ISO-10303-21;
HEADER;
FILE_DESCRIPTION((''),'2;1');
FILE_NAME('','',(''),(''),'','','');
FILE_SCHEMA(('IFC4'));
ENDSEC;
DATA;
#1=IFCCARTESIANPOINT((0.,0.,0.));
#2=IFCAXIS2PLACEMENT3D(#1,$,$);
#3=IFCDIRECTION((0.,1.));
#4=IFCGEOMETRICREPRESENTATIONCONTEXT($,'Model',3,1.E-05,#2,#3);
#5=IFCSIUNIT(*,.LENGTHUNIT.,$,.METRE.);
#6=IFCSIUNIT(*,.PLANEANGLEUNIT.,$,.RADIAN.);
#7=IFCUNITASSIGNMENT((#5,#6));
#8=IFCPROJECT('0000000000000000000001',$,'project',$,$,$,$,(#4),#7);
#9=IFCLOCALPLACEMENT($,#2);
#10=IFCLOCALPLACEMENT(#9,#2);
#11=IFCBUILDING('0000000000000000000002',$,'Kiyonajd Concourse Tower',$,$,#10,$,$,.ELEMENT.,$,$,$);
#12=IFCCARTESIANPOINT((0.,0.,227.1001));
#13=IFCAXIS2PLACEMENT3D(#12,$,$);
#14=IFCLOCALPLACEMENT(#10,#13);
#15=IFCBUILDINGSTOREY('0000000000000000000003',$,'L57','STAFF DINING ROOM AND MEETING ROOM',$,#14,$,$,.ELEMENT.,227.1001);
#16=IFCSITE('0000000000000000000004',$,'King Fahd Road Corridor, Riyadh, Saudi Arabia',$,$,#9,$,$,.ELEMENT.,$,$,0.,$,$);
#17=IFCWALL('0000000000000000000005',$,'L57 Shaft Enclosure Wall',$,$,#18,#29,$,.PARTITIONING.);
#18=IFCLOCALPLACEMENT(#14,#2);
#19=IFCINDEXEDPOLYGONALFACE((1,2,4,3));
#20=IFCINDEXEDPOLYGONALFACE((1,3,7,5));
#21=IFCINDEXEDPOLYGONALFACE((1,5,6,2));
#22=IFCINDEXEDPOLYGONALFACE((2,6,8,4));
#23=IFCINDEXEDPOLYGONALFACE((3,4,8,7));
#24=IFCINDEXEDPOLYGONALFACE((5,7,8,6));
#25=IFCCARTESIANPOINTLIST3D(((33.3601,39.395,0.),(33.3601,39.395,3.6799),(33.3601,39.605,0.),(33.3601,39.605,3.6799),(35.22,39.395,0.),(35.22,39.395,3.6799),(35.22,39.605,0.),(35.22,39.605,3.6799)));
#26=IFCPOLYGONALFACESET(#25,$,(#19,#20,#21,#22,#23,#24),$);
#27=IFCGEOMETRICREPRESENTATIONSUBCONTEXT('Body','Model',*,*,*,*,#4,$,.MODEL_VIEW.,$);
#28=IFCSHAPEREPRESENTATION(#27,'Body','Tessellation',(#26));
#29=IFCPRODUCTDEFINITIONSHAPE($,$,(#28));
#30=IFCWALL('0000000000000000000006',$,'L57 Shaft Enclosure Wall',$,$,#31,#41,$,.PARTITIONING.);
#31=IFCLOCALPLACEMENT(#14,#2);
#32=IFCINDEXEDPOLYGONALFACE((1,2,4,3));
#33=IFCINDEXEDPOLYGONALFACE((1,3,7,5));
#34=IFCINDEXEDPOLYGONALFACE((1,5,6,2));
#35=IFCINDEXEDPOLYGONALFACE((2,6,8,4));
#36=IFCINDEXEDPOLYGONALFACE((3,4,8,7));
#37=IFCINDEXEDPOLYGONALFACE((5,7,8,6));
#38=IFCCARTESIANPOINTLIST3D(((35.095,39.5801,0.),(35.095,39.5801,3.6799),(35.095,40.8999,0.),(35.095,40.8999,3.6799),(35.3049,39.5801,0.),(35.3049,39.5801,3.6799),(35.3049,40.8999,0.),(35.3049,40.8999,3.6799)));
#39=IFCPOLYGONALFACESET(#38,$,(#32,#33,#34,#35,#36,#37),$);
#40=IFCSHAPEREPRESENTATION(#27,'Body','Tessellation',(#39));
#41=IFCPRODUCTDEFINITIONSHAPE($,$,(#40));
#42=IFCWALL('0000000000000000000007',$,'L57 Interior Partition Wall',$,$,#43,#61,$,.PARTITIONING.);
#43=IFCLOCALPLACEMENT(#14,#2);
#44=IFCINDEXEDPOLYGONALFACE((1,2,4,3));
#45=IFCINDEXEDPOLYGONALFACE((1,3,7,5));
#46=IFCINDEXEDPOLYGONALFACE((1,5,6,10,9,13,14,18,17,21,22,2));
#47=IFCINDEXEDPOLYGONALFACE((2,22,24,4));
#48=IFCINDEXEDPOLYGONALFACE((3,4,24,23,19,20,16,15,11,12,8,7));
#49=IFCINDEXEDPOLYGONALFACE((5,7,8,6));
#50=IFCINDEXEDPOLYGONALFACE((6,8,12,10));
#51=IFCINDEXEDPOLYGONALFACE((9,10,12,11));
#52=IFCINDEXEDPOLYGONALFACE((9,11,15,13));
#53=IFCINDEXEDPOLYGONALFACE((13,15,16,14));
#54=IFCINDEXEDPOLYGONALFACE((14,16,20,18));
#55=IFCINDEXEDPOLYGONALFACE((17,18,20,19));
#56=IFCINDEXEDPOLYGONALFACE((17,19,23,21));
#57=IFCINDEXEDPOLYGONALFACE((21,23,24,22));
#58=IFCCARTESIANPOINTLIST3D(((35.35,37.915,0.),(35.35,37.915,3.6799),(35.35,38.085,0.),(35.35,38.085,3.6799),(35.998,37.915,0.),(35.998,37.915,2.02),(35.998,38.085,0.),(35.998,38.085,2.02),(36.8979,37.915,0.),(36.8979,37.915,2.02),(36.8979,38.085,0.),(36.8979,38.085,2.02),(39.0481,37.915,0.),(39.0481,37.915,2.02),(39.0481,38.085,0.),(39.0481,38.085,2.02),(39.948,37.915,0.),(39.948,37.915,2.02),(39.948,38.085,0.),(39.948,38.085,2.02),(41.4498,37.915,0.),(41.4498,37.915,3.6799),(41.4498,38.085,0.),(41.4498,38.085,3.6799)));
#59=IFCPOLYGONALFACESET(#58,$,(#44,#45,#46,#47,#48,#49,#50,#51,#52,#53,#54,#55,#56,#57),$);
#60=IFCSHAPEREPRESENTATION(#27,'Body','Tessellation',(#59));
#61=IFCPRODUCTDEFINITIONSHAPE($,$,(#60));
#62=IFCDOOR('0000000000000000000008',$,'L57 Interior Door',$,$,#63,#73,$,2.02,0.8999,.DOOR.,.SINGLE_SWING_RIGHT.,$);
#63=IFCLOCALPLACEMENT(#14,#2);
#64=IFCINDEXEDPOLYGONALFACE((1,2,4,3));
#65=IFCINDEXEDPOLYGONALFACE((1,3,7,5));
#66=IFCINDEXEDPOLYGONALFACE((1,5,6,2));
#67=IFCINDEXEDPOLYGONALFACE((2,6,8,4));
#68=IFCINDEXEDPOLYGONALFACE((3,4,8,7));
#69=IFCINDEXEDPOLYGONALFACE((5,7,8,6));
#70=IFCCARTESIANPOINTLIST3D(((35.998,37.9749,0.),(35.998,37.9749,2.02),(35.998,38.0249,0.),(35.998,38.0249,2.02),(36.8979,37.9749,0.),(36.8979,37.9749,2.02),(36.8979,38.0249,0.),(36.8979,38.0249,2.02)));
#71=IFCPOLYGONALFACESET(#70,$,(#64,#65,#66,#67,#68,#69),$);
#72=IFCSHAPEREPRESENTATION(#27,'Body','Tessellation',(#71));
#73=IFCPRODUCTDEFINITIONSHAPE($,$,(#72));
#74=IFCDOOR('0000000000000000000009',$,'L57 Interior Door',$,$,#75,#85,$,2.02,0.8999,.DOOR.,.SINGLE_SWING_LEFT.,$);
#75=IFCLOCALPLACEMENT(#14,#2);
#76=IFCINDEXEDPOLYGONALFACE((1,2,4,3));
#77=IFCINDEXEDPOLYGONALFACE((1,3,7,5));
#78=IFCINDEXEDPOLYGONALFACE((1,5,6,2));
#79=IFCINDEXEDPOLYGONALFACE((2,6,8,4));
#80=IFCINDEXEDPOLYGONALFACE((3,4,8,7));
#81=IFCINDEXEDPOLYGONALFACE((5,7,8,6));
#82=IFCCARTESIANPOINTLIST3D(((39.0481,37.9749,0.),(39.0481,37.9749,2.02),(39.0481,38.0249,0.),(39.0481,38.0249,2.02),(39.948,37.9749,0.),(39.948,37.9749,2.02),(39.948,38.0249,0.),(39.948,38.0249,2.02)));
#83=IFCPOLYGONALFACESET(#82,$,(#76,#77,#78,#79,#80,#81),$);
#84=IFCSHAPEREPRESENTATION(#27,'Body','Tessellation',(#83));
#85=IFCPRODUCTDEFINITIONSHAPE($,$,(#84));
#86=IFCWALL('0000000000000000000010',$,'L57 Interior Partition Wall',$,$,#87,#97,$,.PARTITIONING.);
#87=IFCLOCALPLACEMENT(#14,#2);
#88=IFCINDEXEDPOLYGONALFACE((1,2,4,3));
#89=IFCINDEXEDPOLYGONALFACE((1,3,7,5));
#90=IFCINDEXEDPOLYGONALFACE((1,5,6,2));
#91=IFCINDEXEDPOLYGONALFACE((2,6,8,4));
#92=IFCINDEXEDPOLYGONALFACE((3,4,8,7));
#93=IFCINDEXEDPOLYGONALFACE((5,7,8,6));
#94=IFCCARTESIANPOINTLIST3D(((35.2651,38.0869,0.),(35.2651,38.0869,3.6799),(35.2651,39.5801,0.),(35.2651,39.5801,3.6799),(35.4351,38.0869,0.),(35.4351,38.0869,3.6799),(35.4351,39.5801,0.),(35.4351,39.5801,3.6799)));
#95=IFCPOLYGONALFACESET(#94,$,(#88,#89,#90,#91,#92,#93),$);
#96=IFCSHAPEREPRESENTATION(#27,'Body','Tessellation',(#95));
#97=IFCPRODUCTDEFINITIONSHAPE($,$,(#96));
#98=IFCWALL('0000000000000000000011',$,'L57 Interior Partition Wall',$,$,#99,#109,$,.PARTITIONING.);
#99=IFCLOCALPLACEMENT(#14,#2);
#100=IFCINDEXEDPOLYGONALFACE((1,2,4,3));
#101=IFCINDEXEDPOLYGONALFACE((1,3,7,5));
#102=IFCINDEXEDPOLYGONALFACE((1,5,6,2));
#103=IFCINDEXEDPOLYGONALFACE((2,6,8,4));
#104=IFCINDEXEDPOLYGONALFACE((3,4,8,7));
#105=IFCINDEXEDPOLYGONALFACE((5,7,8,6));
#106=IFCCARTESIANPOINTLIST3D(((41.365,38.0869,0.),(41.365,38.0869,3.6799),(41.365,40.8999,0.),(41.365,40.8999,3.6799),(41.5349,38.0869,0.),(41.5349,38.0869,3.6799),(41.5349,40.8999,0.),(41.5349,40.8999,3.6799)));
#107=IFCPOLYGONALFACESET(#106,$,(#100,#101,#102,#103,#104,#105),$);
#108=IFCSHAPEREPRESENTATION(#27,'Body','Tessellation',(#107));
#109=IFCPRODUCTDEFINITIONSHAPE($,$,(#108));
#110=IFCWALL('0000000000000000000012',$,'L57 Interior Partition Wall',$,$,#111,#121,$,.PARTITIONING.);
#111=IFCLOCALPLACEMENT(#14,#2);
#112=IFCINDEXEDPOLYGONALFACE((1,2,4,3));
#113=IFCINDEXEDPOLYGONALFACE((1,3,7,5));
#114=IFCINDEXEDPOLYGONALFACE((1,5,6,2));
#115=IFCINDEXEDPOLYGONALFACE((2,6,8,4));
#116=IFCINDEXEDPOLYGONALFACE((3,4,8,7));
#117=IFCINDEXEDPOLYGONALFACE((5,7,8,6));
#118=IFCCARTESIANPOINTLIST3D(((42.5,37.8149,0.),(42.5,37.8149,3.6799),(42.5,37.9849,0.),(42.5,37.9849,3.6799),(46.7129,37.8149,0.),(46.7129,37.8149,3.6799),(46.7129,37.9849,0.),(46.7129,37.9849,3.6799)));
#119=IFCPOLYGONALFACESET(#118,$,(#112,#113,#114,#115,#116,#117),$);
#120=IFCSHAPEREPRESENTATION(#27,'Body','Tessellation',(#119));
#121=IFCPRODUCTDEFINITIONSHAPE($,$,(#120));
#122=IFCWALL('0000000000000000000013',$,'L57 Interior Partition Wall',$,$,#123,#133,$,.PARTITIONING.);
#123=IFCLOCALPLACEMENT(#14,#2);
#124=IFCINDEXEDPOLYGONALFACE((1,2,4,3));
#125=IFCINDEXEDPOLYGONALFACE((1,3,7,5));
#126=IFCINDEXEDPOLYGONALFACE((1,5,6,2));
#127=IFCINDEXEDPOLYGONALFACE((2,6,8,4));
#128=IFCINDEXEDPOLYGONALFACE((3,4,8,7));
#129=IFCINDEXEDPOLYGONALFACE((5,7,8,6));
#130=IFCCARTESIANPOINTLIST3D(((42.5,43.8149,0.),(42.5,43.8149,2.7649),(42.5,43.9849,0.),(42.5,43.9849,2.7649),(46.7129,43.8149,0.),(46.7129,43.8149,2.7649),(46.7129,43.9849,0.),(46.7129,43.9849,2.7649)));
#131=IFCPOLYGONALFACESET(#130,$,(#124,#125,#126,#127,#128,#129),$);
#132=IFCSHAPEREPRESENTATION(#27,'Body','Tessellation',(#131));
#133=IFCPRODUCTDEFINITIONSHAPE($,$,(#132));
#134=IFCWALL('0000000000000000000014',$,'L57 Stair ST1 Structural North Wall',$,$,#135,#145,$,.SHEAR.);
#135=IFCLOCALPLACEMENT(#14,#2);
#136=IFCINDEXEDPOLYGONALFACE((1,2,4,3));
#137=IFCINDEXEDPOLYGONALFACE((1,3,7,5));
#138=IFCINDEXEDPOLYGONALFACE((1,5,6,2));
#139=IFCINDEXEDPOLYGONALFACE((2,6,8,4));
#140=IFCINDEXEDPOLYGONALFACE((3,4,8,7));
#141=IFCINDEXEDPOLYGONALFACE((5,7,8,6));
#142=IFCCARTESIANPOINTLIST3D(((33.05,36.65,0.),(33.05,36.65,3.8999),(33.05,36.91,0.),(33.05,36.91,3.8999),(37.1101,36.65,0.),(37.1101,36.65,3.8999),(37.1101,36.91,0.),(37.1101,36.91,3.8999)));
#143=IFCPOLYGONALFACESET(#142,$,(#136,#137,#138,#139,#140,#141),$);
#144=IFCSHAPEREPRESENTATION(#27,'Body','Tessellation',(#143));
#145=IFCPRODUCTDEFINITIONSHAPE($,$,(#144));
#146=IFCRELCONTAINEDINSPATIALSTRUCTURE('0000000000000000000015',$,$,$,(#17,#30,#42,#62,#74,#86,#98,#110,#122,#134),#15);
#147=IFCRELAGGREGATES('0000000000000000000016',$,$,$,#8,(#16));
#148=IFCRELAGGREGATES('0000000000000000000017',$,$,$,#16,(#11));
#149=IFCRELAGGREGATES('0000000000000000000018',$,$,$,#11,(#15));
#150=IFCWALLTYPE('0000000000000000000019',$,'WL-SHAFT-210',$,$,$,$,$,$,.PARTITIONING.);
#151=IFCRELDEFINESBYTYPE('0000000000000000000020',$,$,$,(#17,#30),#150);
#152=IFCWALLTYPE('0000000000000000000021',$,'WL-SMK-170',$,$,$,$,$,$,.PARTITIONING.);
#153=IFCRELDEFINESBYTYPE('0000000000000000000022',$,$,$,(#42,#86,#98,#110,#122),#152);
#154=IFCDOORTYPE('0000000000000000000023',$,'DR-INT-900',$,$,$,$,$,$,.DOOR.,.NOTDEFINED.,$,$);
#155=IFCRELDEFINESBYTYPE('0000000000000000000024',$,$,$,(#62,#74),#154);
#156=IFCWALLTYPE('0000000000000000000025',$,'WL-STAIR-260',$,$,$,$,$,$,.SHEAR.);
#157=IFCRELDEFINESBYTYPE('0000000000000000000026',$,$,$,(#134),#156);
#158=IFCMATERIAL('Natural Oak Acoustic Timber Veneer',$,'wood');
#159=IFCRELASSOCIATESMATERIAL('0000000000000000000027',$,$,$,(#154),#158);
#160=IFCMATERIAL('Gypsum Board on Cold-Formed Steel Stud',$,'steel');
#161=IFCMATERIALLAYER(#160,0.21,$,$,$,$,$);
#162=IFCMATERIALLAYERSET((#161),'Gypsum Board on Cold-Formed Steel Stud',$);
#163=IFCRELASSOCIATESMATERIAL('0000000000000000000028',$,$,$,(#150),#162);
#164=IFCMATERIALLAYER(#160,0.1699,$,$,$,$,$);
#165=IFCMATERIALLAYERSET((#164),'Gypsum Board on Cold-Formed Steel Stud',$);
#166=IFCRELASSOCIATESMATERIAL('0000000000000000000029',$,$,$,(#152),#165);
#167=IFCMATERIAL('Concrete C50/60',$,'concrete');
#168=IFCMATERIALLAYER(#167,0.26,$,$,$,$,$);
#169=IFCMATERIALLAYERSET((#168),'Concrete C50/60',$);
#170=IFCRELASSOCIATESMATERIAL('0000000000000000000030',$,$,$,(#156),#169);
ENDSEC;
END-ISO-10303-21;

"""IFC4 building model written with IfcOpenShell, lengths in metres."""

from ifc_helpers import new_model, si_unit, direction, frame, frame_2d, origin, place, context, subcontext, project, spatial, rectangle, extrude, material, layer, layer_set, type_object, element, fill, save


model = new_model("IFC4")

# Units and contexts
model_context = context("Model", 3, precision=1e-05, world=origin(), true_north=direction((0.0, 1.0)))
body_context = subcontext(model_context, "Body", "Model", "MODEL_VIEW")
ifc_project = project(units=[si_unit("LENGTHUNIT", "METRE"), si_unit("PLANEANGLEUNIT", "RADIAN")], contexts=[model_context])

# Site, building, storey
site_placement = place(None, origin())
site = spatial("IfcSite", under=ifc_project, at=site_placement, Name="King Fahd Road Corridor, Riyadh, Saudi Arabia", CompositionType="ELEMENT", RefElevation=0.0)
building_placement = place(site_placement, origin())
building = spatial("IfcBuilding", under=site, at=building_placement, Name="Kiyonajd Concourse Tower", CompositionType="ELEMENT")
storey_placement = place(building_placement, frame((0.0, 0.0, 227.1001)))
storey = spatial("IfcBuildingStorey", under=building, at=storey_placement, Name="L57", Description="STAFF DINING ROOM AND MEETING ROOM", CompositionType="ELEMENT", Elevation=227.1001)

# Shared definitions
ifc_material_1 = material(Name="Natural Oak Acoustic Timber Veneer", Category="wood")
door_type_1 = type_object("IfcDoorType", Name="DR-INT-900", OperationType="NOTDEFINED", PredefinedType="DOOR", material=ifc_material_1)

# Walls
ifc_material_2 = material(Name="Gypsum Board on Cold-Formed Steel Stud", Category="steel")
ifc_layer_1 = layer(ifc_material_2, 0.21)
ifc_layer_set_1 = layer_set([ifc_layer_1], Name="Gypsum Board on Cold-Formed Steel Stud")
wall_type_1 = type_object("IfcWallType", Name="WL-SHAFT-210", PredefinedType="PARTITIONING", material=ifc_layer_set_1)
wall_1_placement = place(storey_placement, frame((33.3601, 39.5, 0.0), z_axis=(0.0, 0.0, 1.0), x_axis=(1.0, 0.0, 0.0)))
element("IfcWall", 1, at=wall_1_placement, inside=storey, type_object=wall_type_1, Name="L57 Shaft Enclosure Wall", PredefinedType="PARTITIONING", context=body_context, shape_type="SweptSolid", body=[
    extrude(rectangle(XDim=1.8599, YDim=0.21, at=frame_2d((0.9299, 0.0))), origin(), (0.0, 0.0, 1.0), 3.6799),
])
wall_2_placement = place(storey_placement, frame((35.2, 39.5801, 0.0), z_axis=(0.0, 0.0, 1.0), x_axis=(0.0, 1.0, 0.0)))
element("IfcWall", 2, at=wall_2_placement, inside=storey, type_object=wall_type_1, Name="L57 Shaft Enclosure Wall", PredefinedType="PARTITIONING", context=body_context, shape_type="SweptSolid", body=[
    extrude(rectangle(XDim=1.3198, YDim=0.21, at=frame_2d((0.6599, 0.0))), origin(), (0.0, 0.0, 1.0), 3.6799),
])

# Wall, openings, doors
ifc_layer_2 = layer(ifc_material_2, 0.1699)
ifc_layer_set_2 = layer_set([ifc_layer_2], Name="Gypsum Board on Cold-Formed Steel Stud")
wall_type_2 = type_object("IfcWallType", Name="WL-SMK-170", PredefinedType="PARTITIONING", material=ifc_layer_set_2)
wall_3_placement = place(storey_placement, frame((35.3501, 38.0, 0.0), z_axis=(0.0, 0.0, 1.0), x_axis=(1.0, 0.0, 0.0)))
wall_3 = element("IfcWall", 3, at=wall_3_placement, inside=storey, type_object=wall_type_2, Name="L57 Interior Partition Wall", PredefinedType="PARTITIONING", context=body_context, shape_type="SweptSolid", body=[
    extrude(rectangle(XDim=6.0999, YDim=0.1699, at=frame_2d((3.0498, 0.0))), origin(), (0.0, 0.0, 1.0), 3.6799),
])
opening_1_placement = place(wall_3_placement, frame((0.6479, 0.0, 0.0)))
opening_1 = element("IfcOpeningElement", 4, at=opening_1_placement, cuts=wall_3, PredefinedType="OPENING", context=body_context, shape_type="SweptSolid", body=[
    extrude(rectangle(XDim=0.8999, YDim=2.02, at=frame_2d((0.45, 1.01))), frame((0.0, 0.095, 0.0), z_axis=(0.0, -1.0, 0.0), x_axis=(1.0, 0.0, 0.0)), (0.0, 0.0, 1.0), 0.1899),
])
opening_2_placement = place(wall_3_placement, frame((3.698, 0.0, 0.0)))
opening_2 = element("IfcOpeningElement", 5, at=opening_2_placement, cuts=wall_3, PredefinedType="OPENING", context=body_context, shape_type="SweptSolid", body=[
    extrude(rectangle(XDim=0.8999, YDim=2.02, at=frame_2d((0.45, 1.01))), frame((0.0, 0.095, 0.0), z_axis=(0.0, -1.0, 0.0), x_axis=(1.0, 0.0, 0.0)), (0.0, 0.0, 1.0), 0.1899),
])
door_1_placement = place(opening_1_placement, origin())
door_1 = element("IfcDoor", 6, at=door_1_placement, inside=storey, type_object=door_type_1, Name="L57 Interior Door", OperationType="SINGLE_SWING_RIGHT", OverallHeight=2.02, OverallWidth=0.8999, PredefinedType="DOOR", context=body_context, shape_type="SweptSolid", body=[
    extrude(rectangle(XDim=0.8999, YDim=2.02, at=frame_2d((0.45, 1.01))), frame((0.0, 0.0249, 0.0), z_axis=(0.0, -1.0, 0.0), x_axis=(1.0, 0.0, 0.0)), (0.0, 0.0, 1.0), 0.05),
])
fill(opening_1, door_1)
door_2_placement = place(opening_2_placement, origin())
door_2 = element("IfcDoor", 7, at=door_2_placement, inside=storey, type_object=door_type_1, Name="L57 Interior Door", OperationType="SINGLE_SWING_LEFT", OverallHeight=2.02, OverallWidth=0.8999, PredefinedType="DOOR", context=body_context, shape_type="SweptSolid", body=[
    extrude(rectangle(XDim=0.8999, YDim=2.02, at=frame_2d((0.45, 1.01))), frame((0.0, 0.0249, 0.0), z_axis=(0.0, -1.0, 0.0), x_axis=(1.0, 0.0, 0.0)), (0.0, 0.0, 1.0), 0.05),
])
fill(opening_2, door_2)

# Walls
wall_4_placement = place(storey_placement, frame((35.3501, 38.0869, 0.0), z_axis=(0.0, 0.0, 1.0), x_axis=(0.0, 1.0, 0.0)))
element("IfcWall", 8, at=wall_4_placement, inside=storey, type_object=wall_type_2, Name="L57 Interior Partition Wall", PredefinedType="PARTITIONING", context=body_context, shape_type="SweptSolid", body=[
    extrude(rectangle(XDim=1.4932, YDim=0.1699, at=frame_2d((0.7466, 0.0))), origin(), (0.0, 0.0, 1.0), 3.6799),
])
wall_5_placement = place(storey_placement, frame((41.45, 38.0869, 0.0), z_axis=(0.0, 0.0, 1.0), x_axis=(0.0, 1.0, 0.0)))
element("IfcWall", 9, at=wall_5_placement, inside=storey, type_object=wall_type_2, Name="L57 Interior Partition Wall", PredefinedType="PARTITIONING", context=body_context, shape_type="SweptSolid", body=[
    extrude(rectangle(XDim=2.813, YDim=0.1699, at=frame_2d((1.4065, 0.0))), origin(), (0.0, 0.0, 1.0), 3.6799),
])
wall_6_placement = place(storey_placement, frame((42.5, 37.8999, 0.0), z_axis=(0.0, 0.0, 1.0), x_axis=(1.0, 0.0, 0.0)))
element("IfcWall", 10, at=wall_6_placement, inside=storey, type_object=wall_type_2, Name="L57 Interior Partition Wall", PredefinedType="PARTITIONING", context=body_context, shape_type="SweptSolid", body=[
    extrude(rectangle(XDim=4.2129, YDim=0.1699, at=frame_2d((2.1064, 0.0))), origin(), (0.0, 0.0, 1.0), 3.6799),
])
wall_7_placement = place(storey_placement, frame((42.5, 43.8999, 0.0), z_axis=(0.0, 0.0, 1.0), x_axis=(1.0, 0.0, 0.0)))
element("IfcWall", 11, at=wall_7_placement, inside=storey, type_object=wall_type_2, Name="L57 Interior Partition Wall", PredefinedType="PARTITIONING", context=body_context, shape_type="SweptSolid", body=[
    extrude(rectangle(XDim=4.2129, YDim=0.1699, at=frame_2d((2.1064, 0.0))), origin(), (0.0, 0.0, 1.0), 2.7649),
])
ifc_material_3 = material(Name="Concrete C50/60", Category="concrete")
ifc_layer_3 = layer(ifc_material_3, 0.26)
ifc_layer_set_3 = layer_set([ifc_layer_3], Name="Concrete C50/60")
wall_type_3 = type_object("IfcWallType", Name="WL-STAIR-260", PredefinedType="SHEAR", material=ifc_layer_set_3)
wall_8_placement = place(storey_placement, frame((33.05, 36.78, 0.0), z_axis=(0.0, 0.0, 1.0), x_axis=(1.0, 0.0, 0.0)))
element("IfcWall", 12, at=wall_8_placement, inside=storey, type_object=wall_type_3, Name="L57 Stair ST1 Structural North Wall", PredefinedType="SHEAR", context=body_context, shape_type="SweptSolid", body=[
    extrude(rectangle(XDim=4.0601, YDim=0.26, at=frame_2d((2.03, 0.0))), origin(), (0.0, 0.0, 1.0), 3.8999),
])

save(model, "model.ifc")
